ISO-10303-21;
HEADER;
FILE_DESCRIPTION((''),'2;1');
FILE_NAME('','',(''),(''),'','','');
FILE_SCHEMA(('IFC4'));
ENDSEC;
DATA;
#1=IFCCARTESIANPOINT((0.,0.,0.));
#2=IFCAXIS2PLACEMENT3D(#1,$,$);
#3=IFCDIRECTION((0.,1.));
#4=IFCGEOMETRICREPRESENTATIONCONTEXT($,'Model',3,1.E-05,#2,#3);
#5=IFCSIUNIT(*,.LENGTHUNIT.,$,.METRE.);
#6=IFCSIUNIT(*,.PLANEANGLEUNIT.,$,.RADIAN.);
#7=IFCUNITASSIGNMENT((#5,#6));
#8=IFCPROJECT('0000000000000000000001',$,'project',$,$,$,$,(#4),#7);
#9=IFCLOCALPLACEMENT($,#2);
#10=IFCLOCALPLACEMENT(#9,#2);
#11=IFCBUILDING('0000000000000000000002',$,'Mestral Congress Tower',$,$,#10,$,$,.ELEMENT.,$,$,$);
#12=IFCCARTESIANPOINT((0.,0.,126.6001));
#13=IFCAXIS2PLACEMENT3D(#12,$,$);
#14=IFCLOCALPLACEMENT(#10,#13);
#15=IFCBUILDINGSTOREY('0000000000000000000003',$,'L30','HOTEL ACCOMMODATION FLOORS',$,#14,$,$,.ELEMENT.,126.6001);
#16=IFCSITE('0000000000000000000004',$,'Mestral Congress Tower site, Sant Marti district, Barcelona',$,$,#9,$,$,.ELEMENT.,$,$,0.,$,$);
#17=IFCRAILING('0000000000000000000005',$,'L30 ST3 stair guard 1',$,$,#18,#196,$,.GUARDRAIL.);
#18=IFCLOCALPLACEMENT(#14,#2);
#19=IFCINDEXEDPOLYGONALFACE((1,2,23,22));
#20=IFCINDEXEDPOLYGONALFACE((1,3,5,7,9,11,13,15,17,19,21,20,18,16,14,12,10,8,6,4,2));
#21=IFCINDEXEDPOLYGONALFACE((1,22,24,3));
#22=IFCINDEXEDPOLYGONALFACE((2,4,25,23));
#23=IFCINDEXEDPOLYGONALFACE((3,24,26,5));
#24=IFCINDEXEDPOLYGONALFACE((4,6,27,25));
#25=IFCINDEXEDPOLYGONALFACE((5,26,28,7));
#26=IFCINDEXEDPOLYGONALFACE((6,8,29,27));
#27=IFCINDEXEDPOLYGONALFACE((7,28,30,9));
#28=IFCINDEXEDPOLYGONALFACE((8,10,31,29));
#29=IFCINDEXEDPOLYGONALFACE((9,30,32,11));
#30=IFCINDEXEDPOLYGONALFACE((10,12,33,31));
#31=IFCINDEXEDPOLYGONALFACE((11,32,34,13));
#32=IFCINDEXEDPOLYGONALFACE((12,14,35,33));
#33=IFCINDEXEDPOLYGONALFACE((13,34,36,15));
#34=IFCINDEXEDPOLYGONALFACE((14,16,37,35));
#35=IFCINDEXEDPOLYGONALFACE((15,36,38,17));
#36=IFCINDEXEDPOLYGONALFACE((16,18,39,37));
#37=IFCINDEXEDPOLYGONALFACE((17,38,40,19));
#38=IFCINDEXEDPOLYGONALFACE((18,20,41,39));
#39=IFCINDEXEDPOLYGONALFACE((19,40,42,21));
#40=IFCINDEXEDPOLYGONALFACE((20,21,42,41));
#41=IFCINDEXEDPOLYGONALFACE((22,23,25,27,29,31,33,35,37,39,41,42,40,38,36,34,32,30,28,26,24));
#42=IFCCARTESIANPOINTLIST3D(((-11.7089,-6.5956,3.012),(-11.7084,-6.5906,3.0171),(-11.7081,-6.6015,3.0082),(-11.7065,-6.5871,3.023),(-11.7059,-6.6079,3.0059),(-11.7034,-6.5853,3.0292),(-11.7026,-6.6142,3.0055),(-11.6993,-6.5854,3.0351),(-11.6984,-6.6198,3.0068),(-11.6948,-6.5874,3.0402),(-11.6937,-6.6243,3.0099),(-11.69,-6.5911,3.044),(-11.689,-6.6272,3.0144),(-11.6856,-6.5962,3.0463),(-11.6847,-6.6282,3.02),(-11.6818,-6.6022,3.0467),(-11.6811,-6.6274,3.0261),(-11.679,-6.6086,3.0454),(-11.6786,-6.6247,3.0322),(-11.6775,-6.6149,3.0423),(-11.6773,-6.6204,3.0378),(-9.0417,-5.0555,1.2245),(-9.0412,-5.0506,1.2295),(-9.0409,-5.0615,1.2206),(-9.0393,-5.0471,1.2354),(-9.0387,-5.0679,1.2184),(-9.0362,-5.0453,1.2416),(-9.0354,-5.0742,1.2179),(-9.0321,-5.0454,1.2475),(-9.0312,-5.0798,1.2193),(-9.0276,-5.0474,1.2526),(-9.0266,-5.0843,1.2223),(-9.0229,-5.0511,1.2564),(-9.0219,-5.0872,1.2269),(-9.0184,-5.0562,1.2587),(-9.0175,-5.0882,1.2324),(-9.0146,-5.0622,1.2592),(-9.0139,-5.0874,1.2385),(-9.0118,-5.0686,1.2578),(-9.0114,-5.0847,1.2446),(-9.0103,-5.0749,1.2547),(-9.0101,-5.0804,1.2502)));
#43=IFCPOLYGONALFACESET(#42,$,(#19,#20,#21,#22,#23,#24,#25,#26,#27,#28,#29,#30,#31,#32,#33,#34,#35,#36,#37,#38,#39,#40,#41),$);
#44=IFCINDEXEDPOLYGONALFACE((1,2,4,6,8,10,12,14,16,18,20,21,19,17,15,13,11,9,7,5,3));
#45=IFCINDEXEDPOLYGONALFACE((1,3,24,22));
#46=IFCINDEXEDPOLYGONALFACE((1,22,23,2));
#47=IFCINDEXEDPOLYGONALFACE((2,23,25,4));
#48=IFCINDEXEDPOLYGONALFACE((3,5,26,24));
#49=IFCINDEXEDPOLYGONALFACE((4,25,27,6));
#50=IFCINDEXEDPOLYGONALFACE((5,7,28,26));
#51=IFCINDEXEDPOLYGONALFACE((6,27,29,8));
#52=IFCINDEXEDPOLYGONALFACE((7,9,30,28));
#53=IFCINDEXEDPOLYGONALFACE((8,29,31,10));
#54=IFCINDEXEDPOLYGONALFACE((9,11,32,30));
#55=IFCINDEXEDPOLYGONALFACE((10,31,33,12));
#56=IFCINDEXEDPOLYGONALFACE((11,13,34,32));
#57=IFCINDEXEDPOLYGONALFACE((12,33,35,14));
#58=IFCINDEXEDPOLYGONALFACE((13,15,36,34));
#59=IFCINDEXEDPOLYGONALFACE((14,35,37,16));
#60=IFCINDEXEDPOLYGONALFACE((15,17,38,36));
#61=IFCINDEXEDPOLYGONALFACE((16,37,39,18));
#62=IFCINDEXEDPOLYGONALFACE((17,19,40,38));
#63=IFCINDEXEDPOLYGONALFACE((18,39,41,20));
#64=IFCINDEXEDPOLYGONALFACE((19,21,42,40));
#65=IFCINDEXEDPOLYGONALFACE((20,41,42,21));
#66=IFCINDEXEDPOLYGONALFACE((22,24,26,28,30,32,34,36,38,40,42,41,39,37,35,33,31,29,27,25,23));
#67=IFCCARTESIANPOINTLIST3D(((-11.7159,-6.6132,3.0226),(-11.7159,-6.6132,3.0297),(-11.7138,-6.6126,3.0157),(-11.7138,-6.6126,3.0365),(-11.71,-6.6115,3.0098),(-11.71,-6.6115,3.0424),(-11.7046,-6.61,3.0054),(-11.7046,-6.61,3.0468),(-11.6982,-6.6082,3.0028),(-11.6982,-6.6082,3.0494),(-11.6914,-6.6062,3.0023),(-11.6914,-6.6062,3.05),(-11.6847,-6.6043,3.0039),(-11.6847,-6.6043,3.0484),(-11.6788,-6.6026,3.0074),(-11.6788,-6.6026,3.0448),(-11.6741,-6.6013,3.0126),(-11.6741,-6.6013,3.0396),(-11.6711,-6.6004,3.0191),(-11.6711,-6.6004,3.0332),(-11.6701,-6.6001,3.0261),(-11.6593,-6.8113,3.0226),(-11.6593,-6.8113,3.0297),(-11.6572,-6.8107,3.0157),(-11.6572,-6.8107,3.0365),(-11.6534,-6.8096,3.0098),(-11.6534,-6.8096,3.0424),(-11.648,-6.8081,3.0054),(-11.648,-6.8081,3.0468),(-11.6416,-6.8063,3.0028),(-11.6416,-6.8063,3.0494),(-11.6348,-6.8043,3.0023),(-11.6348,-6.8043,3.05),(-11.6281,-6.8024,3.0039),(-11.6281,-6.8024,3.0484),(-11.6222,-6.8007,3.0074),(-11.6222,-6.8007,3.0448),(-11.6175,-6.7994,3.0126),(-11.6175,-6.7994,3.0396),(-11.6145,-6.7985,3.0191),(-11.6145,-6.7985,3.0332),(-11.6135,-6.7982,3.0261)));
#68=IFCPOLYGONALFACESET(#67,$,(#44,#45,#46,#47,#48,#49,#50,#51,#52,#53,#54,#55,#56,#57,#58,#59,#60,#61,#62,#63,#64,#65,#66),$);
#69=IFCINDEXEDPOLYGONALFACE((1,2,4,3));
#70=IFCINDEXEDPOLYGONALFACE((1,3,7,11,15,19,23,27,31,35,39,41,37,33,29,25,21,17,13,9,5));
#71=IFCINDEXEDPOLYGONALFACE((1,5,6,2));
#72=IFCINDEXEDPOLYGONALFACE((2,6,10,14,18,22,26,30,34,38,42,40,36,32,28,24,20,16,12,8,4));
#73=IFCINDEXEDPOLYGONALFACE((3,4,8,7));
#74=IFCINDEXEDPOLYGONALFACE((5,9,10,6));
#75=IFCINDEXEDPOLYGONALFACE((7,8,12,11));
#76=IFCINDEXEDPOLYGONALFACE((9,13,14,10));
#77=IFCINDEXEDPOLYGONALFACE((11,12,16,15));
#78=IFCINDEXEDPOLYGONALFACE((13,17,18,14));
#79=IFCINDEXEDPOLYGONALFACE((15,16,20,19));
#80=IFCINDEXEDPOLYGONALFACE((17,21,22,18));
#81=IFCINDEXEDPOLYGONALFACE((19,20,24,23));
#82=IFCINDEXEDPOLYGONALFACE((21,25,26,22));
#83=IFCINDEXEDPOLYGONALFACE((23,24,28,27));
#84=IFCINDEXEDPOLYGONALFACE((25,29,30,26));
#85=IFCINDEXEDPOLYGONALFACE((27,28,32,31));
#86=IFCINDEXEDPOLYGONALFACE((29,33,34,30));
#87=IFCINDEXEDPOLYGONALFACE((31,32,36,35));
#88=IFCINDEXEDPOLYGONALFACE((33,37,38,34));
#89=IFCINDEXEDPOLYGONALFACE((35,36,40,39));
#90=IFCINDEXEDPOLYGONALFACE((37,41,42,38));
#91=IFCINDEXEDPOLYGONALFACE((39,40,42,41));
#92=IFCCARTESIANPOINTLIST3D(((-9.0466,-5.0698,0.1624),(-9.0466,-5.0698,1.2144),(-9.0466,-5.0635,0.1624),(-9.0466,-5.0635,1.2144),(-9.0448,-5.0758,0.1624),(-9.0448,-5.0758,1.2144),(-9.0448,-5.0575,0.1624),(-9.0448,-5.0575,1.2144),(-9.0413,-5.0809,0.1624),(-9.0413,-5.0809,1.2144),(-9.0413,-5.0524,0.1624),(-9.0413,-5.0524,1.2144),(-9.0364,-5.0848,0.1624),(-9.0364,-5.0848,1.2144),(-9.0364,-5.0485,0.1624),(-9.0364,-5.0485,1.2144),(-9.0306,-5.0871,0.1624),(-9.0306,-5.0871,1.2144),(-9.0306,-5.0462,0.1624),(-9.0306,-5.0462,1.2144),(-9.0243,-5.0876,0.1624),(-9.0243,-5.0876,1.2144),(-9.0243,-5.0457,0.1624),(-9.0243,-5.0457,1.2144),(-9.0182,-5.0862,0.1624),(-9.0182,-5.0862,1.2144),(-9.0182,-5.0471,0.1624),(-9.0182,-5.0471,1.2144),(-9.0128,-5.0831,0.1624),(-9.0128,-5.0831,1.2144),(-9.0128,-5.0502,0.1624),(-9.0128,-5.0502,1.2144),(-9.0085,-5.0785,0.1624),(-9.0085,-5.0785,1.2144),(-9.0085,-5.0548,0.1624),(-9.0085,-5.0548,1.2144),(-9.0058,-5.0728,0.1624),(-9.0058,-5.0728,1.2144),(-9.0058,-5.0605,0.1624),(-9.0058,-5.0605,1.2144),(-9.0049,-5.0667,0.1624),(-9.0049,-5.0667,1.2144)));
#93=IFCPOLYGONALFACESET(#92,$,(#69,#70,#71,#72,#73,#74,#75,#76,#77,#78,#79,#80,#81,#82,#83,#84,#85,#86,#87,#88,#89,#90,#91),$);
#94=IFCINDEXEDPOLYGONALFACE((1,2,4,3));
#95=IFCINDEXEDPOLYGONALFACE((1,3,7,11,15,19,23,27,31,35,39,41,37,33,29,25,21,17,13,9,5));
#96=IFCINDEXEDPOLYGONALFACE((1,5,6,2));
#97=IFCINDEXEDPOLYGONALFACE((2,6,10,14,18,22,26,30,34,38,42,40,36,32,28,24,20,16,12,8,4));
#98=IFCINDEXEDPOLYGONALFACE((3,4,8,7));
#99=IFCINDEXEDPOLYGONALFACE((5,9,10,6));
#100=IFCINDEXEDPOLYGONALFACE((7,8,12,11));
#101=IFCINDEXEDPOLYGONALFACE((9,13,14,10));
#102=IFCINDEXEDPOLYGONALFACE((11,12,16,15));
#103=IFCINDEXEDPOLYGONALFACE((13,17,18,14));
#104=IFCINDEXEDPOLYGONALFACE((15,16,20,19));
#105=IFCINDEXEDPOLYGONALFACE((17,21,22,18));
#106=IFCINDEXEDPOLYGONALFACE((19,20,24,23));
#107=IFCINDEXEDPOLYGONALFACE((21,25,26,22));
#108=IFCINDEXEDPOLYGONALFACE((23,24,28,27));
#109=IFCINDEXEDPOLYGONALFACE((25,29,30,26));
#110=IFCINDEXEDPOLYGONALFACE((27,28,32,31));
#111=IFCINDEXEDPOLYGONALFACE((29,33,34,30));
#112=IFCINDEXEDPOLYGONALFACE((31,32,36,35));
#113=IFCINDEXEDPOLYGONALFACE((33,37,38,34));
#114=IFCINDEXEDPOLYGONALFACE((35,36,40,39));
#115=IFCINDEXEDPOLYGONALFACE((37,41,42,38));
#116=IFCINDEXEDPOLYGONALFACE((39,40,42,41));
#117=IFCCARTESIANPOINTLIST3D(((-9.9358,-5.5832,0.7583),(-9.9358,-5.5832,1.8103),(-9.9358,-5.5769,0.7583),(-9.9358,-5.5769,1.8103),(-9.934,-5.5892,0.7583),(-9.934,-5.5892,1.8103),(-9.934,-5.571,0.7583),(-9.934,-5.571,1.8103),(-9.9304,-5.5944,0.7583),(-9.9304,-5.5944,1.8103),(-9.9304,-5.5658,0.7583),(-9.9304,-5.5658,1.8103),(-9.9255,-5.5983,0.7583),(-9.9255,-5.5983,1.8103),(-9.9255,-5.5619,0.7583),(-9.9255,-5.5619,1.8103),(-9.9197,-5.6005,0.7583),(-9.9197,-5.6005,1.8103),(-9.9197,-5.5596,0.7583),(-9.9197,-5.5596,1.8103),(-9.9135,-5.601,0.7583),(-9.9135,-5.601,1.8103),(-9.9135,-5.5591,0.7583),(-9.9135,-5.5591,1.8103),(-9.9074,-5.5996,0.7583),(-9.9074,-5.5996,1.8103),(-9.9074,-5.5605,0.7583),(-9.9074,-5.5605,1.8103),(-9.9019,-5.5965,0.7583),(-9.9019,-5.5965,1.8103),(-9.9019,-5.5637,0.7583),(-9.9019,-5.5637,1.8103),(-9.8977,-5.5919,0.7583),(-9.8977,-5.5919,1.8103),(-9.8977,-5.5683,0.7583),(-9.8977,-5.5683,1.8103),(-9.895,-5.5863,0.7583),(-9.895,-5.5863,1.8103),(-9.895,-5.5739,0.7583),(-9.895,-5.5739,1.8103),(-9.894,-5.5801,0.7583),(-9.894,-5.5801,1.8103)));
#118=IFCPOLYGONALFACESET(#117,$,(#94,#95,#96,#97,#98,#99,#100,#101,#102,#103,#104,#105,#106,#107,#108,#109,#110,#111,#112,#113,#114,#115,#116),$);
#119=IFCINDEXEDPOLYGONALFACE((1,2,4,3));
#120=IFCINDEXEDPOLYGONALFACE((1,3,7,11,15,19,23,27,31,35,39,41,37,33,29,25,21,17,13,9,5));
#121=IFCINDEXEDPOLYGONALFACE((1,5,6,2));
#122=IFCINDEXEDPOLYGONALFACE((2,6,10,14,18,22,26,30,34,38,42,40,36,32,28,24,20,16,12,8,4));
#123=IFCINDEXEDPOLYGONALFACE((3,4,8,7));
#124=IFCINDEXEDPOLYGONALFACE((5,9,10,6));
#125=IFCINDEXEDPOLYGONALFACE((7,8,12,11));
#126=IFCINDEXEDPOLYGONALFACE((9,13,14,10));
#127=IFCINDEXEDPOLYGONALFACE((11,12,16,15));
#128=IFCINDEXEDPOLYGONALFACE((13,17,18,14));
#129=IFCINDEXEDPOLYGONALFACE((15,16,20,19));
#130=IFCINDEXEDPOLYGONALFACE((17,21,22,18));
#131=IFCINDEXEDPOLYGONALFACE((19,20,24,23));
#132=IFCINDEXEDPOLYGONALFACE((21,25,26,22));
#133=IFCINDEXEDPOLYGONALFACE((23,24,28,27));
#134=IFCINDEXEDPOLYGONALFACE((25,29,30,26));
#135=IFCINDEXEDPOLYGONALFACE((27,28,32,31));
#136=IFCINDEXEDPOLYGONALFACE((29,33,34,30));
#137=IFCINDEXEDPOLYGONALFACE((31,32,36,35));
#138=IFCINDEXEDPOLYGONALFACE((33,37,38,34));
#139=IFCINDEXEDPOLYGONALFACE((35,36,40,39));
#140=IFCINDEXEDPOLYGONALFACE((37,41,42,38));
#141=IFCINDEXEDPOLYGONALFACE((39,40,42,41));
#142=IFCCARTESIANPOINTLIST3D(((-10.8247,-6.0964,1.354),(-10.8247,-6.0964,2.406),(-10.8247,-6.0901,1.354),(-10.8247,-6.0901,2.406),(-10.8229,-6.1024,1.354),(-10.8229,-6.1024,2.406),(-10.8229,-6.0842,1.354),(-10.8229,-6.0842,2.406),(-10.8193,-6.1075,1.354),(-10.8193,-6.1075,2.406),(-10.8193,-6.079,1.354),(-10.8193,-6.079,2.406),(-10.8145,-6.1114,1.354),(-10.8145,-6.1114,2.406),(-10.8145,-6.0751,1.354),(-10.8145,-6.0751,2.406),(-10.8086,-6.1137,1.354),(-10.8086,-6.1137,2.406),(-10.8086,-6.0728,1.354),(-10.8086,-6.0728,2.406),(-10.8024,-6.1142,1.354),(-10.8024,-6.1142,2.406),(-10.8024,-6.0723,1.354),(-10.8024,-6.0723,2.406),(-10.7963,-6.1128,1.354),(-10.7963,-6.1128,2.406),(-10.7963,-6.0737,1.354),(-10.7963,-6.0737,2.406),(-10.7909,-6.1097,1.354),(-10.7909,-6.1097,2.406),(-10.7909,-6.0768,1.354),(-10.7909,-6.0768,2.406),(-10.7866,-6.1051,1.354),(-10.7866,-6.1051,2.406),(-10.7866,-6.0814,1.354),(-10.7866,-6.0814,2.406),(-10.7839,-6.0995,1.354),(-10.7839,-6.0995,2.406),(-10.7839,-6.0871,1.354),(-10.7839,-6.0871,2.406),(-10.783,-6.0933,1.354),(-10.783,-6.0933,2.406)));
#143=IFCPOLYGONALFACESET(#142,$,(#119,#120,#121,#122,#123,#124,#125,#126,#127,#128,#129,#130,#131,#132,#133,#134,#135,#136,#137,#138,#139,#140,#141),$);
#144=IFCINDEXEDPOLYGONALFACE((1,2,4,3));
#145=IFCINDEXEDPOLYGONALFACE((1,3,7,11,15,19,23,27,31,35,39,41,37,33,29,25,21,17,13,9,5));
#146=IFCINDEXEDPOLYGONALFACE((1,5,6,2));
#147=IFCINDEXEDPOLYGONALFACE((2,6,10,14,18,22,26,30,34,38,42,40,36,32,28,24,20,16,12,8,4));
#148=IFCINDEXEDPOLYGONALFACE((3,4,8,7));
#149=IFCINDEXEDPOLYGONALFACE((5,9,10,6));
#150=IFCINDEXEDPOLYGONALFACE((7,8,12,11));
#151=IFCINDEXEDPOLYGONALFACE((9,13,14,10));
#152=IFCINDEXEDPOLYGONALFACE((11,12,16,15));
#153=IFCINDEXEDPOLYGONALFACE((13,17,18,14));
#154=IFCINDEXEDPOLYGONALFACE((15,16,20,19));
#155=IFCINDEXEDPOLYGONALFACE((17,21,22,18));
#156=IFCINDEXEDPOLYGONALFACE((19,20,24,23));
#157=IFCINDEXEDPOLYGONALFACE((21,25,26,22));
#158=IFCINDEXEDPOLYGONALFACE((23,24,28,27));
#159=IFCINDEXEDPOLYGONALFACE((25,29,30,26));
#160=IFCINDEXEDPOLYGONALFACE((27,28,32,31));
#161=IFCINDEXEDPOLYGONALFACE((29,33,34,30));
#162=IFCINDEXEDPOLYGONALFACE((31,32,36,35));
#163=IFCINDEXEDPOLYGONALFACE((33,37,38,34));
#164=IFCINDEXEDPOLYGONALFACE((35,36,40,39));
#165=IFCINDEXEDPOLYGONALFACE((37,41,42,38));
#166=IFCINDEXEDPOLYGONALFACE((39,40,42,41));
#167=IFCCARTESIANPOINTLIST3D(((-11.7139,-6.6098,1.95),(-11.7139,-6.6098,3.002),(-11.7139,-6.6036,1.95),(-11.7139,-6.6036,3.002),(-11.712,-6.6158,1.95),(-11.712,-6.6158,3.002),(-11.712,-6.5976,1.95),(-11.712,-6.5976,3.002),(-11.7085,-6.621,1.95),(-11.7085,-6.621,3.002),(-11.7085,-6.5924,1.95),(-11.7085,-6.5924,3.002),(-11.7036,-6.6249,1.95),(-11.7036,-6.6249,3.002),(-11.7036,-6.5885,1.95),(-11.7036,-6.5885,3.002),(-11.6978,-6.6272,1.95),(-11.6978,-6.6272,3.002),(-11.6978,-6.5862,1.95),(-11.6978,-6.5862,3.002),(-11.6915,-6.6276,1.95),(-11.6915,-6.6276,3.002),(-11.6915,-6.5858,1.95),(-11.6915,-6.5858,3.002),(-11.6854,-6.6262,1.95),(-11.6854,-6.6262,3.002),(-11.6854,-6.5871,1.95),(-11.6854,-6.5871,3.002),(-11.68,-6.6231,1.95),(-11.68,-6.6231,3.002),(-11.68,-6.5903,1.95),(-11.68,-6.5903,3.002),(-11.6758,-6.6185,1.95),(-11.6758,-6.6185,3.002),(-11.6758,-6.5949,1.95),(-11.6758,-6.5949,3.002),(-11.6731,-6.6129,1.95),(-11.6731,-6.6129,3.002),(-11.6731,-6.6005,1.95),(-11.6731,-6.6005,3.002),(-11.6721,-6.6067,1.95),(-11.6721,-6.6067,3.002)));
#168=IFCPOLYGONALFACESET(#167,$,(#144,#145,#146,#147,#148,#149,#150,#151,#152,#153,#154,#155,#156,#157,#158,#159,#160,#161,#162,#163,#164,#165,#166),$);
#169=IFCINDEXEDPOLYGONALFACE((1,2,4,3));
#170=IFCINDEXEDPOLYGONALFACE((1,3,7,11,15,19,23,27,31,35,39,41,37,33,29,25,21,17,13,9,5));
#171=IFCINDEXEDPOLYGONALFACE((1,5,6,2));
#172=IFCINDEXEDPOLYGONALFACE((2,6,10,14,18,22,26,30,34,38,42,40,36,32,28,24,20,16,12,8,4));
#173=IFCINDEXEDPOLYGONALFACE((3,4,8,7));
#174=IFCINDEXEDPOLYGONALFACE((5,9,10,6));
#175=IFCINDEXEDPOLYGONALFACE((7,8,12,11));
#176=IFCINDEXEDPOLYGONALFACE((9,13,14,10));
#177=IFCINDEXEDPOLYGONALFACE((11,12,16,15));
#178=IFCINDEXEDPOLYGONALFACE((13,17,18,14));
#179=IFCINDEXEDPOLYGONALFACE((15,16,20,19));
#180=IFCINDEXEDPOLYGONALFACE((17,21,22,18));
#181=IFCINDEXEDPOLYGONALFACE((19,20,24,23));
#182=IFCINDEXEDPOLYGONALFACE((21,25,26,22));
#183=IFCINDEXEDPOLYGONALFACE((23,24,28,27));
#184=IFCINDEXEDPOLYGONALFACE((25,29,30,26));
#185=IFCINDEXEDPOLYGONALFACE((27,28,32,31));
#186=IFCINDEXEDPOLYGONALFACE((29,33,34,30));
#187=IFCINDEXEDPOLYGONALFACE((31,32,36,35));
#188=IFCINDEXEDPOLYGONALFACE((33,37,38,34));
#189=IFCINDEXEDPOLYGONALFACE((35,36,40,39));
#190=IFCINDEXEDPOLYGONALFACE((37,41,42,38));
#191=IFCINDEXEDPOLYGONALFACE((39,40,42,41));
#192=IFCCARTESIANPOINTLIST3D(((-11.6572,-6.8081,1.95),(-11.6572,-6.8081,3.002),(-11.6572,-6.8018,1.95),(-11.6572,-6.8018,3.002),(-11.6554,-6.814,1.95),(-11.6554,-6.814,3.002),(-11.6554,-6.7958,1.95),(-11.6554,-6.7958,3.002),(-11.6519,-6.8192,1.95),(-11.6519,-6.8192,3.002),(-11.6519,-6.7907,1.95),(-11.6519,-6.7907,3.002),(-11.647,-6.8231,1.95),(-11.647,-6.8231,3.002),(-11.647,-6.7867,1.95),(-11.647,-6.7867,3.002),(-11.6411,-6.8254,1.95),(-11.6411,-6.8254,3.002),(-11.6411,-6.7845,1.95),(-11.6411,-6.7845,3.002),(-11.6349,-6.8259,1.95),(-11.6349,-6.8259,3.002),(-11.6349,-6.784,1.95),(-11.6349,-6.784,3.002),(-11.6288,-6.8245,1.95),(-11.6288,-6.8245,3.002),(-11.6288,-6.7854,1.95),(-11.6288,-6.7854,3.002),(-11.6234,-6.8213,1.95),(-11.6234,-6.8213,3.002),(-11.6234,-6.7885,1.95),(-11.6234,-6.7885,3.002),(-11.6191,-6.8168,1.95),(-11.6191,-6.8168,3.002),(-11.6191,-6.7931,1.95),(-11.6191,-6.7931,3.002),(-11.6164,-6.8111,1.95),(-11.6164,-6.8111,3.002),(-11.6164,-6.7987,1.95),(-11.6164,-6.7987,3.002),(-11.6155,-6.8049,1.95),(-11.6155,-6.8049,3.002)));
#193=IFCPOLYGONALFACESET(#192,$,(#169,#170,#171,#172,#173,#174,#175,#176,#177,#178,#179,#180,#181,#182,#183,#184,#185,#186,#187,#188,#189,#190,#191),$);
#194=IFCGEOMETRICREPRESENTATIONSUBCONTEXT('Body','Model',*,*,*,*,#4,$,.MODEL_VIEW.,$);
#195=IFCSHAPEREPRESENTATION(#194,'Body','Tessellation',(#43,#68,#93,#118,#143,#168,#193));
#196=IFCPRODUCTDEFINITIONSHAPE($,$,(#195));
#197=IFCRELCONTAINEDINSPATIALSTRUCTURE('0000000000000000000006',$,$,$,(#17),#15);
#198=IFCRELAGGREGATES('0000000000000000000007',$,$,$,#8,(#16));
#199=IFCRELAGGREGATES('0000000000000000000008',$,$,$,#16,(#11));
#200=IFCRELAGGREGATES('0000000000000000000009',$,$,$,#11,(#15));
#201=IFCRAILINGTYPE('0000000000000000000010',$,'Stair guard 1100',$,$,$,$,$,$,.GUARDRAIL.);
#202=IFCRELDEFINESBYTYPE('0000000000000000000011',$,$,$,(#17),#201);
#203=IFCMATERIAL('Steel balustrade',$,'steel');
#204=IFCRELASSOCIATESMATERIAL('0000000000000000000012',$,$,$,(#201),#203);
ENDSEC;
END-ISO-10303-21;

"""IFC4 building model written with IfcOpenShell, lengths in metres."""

from ifc_helpers import new_model, si_unit, direction, frame, origin, origin_2d, place, context, subcontext, project, spatial, circle, extrude, material, type_object, element, save


model = new_model("IFC4")

# Units and contexts
model_context = context("Model", 3, precision=1e-05, world=origin(), true_north=direction((0.0, 1.0)))
body_context = subcontext(model_context, "Body", "Model", "MODEL_VIEW")
ifc_project = project(units=[si_unit("LENGTHUNIT", "METRE"), si_unit("PLANEANGLEUNIT", "RADIAN")], contexts=[model_context])

# Site, building, storey
site_placement = place(None, origin())
site = spatial("IfcSite", under=ifc_project, at=site_placement, Name="Mestral Congress Tower site, Sant Marti district, Barcelona", CompositionType="ELEMENT", RefElevation=0.0)
building_placement = place(site_placement, origin())
building = spatial("IfcBuilding", under=site, at=building_placement, Name="Mestral Congress Tower", CompositionType="ELEMENT")
storey_placement = place(building_placement, frame((0.0, 0.0, 126.6001)))
storey = spatial("IfcBuildingStorey", under=building, at=storey_placement, Name="L30", Description="HOTEL ACCOMMODATION FLOORS", CompositionType="ELEMENT", Elevation=126.6001)

# Railing
ifc_material_1 = material(Name="Steel balustrade", Category="steel")
railing_type_1 = type_object("IfcRailingType", Name="Stair guard 1100", PredefinedType="GUARDRAIL", material=ifc_material_1)
railing_1_placement = place(storey_placement, frame((-9.0259, -5.0667, 0.1624)))
element("IfcRailing", 1, at=railing_1_placement, inside=storey, type_object=railing_type_1, Name="L30 ST3 stair guard 1", PredefinedType="GUARDRAIL", context=body_context, shape_type="SweptSolid", body=[
    extrude(circle(Radius=0.0239, at=origin_2d()), frame((0.0, 0.0, 1.0762), z_axis=(-0.748994, -0.432463, 0.50198), x_axis=(0.500027, -0.86601, 0.0)), (0.0, 0.0, 1.0), 3.561),
    extrude(circle(Radius=0.0239, at=origin_2d()), frame((-2.6672, -1.54, 2.8638), z_axis=(0.274721, -0.961524, 0.0), x_axis=(0.961524, 0.274721, 0.0)), (0.0, 0.0, 1.0), 0.2061),
    extrude(circle(Radius=0.021, at=origin_2d()), origin(), (0.0, 0.0, 1.0), 1.052),
    extrude(circle(Radius=0.021, at=origin_2d()), frame((-0.8892, -0.5134, 0.5959)), (0.0, 0.0, 1.0), 1.052),
    extrude(circle(Radius=0.021, at=origin_2d()), frame((-1.7781, -1.0266, 1.1917)), (0.0, 0.0, 1.0), 1.052),
    extrude(circle(Radius=0.021, at=origin_2d()), frame((-2.6672, -1.54, 1.7876)), (0.0, 0.0, 1.0), 1.052),
    extrude(circle(Radius=0.021, at=origin_2d()), frame((-2.6106, -1.7383, 1.7876)), (0.0, 0.0, 1.0), 1.052),
])

save(model, "model.ifc")
